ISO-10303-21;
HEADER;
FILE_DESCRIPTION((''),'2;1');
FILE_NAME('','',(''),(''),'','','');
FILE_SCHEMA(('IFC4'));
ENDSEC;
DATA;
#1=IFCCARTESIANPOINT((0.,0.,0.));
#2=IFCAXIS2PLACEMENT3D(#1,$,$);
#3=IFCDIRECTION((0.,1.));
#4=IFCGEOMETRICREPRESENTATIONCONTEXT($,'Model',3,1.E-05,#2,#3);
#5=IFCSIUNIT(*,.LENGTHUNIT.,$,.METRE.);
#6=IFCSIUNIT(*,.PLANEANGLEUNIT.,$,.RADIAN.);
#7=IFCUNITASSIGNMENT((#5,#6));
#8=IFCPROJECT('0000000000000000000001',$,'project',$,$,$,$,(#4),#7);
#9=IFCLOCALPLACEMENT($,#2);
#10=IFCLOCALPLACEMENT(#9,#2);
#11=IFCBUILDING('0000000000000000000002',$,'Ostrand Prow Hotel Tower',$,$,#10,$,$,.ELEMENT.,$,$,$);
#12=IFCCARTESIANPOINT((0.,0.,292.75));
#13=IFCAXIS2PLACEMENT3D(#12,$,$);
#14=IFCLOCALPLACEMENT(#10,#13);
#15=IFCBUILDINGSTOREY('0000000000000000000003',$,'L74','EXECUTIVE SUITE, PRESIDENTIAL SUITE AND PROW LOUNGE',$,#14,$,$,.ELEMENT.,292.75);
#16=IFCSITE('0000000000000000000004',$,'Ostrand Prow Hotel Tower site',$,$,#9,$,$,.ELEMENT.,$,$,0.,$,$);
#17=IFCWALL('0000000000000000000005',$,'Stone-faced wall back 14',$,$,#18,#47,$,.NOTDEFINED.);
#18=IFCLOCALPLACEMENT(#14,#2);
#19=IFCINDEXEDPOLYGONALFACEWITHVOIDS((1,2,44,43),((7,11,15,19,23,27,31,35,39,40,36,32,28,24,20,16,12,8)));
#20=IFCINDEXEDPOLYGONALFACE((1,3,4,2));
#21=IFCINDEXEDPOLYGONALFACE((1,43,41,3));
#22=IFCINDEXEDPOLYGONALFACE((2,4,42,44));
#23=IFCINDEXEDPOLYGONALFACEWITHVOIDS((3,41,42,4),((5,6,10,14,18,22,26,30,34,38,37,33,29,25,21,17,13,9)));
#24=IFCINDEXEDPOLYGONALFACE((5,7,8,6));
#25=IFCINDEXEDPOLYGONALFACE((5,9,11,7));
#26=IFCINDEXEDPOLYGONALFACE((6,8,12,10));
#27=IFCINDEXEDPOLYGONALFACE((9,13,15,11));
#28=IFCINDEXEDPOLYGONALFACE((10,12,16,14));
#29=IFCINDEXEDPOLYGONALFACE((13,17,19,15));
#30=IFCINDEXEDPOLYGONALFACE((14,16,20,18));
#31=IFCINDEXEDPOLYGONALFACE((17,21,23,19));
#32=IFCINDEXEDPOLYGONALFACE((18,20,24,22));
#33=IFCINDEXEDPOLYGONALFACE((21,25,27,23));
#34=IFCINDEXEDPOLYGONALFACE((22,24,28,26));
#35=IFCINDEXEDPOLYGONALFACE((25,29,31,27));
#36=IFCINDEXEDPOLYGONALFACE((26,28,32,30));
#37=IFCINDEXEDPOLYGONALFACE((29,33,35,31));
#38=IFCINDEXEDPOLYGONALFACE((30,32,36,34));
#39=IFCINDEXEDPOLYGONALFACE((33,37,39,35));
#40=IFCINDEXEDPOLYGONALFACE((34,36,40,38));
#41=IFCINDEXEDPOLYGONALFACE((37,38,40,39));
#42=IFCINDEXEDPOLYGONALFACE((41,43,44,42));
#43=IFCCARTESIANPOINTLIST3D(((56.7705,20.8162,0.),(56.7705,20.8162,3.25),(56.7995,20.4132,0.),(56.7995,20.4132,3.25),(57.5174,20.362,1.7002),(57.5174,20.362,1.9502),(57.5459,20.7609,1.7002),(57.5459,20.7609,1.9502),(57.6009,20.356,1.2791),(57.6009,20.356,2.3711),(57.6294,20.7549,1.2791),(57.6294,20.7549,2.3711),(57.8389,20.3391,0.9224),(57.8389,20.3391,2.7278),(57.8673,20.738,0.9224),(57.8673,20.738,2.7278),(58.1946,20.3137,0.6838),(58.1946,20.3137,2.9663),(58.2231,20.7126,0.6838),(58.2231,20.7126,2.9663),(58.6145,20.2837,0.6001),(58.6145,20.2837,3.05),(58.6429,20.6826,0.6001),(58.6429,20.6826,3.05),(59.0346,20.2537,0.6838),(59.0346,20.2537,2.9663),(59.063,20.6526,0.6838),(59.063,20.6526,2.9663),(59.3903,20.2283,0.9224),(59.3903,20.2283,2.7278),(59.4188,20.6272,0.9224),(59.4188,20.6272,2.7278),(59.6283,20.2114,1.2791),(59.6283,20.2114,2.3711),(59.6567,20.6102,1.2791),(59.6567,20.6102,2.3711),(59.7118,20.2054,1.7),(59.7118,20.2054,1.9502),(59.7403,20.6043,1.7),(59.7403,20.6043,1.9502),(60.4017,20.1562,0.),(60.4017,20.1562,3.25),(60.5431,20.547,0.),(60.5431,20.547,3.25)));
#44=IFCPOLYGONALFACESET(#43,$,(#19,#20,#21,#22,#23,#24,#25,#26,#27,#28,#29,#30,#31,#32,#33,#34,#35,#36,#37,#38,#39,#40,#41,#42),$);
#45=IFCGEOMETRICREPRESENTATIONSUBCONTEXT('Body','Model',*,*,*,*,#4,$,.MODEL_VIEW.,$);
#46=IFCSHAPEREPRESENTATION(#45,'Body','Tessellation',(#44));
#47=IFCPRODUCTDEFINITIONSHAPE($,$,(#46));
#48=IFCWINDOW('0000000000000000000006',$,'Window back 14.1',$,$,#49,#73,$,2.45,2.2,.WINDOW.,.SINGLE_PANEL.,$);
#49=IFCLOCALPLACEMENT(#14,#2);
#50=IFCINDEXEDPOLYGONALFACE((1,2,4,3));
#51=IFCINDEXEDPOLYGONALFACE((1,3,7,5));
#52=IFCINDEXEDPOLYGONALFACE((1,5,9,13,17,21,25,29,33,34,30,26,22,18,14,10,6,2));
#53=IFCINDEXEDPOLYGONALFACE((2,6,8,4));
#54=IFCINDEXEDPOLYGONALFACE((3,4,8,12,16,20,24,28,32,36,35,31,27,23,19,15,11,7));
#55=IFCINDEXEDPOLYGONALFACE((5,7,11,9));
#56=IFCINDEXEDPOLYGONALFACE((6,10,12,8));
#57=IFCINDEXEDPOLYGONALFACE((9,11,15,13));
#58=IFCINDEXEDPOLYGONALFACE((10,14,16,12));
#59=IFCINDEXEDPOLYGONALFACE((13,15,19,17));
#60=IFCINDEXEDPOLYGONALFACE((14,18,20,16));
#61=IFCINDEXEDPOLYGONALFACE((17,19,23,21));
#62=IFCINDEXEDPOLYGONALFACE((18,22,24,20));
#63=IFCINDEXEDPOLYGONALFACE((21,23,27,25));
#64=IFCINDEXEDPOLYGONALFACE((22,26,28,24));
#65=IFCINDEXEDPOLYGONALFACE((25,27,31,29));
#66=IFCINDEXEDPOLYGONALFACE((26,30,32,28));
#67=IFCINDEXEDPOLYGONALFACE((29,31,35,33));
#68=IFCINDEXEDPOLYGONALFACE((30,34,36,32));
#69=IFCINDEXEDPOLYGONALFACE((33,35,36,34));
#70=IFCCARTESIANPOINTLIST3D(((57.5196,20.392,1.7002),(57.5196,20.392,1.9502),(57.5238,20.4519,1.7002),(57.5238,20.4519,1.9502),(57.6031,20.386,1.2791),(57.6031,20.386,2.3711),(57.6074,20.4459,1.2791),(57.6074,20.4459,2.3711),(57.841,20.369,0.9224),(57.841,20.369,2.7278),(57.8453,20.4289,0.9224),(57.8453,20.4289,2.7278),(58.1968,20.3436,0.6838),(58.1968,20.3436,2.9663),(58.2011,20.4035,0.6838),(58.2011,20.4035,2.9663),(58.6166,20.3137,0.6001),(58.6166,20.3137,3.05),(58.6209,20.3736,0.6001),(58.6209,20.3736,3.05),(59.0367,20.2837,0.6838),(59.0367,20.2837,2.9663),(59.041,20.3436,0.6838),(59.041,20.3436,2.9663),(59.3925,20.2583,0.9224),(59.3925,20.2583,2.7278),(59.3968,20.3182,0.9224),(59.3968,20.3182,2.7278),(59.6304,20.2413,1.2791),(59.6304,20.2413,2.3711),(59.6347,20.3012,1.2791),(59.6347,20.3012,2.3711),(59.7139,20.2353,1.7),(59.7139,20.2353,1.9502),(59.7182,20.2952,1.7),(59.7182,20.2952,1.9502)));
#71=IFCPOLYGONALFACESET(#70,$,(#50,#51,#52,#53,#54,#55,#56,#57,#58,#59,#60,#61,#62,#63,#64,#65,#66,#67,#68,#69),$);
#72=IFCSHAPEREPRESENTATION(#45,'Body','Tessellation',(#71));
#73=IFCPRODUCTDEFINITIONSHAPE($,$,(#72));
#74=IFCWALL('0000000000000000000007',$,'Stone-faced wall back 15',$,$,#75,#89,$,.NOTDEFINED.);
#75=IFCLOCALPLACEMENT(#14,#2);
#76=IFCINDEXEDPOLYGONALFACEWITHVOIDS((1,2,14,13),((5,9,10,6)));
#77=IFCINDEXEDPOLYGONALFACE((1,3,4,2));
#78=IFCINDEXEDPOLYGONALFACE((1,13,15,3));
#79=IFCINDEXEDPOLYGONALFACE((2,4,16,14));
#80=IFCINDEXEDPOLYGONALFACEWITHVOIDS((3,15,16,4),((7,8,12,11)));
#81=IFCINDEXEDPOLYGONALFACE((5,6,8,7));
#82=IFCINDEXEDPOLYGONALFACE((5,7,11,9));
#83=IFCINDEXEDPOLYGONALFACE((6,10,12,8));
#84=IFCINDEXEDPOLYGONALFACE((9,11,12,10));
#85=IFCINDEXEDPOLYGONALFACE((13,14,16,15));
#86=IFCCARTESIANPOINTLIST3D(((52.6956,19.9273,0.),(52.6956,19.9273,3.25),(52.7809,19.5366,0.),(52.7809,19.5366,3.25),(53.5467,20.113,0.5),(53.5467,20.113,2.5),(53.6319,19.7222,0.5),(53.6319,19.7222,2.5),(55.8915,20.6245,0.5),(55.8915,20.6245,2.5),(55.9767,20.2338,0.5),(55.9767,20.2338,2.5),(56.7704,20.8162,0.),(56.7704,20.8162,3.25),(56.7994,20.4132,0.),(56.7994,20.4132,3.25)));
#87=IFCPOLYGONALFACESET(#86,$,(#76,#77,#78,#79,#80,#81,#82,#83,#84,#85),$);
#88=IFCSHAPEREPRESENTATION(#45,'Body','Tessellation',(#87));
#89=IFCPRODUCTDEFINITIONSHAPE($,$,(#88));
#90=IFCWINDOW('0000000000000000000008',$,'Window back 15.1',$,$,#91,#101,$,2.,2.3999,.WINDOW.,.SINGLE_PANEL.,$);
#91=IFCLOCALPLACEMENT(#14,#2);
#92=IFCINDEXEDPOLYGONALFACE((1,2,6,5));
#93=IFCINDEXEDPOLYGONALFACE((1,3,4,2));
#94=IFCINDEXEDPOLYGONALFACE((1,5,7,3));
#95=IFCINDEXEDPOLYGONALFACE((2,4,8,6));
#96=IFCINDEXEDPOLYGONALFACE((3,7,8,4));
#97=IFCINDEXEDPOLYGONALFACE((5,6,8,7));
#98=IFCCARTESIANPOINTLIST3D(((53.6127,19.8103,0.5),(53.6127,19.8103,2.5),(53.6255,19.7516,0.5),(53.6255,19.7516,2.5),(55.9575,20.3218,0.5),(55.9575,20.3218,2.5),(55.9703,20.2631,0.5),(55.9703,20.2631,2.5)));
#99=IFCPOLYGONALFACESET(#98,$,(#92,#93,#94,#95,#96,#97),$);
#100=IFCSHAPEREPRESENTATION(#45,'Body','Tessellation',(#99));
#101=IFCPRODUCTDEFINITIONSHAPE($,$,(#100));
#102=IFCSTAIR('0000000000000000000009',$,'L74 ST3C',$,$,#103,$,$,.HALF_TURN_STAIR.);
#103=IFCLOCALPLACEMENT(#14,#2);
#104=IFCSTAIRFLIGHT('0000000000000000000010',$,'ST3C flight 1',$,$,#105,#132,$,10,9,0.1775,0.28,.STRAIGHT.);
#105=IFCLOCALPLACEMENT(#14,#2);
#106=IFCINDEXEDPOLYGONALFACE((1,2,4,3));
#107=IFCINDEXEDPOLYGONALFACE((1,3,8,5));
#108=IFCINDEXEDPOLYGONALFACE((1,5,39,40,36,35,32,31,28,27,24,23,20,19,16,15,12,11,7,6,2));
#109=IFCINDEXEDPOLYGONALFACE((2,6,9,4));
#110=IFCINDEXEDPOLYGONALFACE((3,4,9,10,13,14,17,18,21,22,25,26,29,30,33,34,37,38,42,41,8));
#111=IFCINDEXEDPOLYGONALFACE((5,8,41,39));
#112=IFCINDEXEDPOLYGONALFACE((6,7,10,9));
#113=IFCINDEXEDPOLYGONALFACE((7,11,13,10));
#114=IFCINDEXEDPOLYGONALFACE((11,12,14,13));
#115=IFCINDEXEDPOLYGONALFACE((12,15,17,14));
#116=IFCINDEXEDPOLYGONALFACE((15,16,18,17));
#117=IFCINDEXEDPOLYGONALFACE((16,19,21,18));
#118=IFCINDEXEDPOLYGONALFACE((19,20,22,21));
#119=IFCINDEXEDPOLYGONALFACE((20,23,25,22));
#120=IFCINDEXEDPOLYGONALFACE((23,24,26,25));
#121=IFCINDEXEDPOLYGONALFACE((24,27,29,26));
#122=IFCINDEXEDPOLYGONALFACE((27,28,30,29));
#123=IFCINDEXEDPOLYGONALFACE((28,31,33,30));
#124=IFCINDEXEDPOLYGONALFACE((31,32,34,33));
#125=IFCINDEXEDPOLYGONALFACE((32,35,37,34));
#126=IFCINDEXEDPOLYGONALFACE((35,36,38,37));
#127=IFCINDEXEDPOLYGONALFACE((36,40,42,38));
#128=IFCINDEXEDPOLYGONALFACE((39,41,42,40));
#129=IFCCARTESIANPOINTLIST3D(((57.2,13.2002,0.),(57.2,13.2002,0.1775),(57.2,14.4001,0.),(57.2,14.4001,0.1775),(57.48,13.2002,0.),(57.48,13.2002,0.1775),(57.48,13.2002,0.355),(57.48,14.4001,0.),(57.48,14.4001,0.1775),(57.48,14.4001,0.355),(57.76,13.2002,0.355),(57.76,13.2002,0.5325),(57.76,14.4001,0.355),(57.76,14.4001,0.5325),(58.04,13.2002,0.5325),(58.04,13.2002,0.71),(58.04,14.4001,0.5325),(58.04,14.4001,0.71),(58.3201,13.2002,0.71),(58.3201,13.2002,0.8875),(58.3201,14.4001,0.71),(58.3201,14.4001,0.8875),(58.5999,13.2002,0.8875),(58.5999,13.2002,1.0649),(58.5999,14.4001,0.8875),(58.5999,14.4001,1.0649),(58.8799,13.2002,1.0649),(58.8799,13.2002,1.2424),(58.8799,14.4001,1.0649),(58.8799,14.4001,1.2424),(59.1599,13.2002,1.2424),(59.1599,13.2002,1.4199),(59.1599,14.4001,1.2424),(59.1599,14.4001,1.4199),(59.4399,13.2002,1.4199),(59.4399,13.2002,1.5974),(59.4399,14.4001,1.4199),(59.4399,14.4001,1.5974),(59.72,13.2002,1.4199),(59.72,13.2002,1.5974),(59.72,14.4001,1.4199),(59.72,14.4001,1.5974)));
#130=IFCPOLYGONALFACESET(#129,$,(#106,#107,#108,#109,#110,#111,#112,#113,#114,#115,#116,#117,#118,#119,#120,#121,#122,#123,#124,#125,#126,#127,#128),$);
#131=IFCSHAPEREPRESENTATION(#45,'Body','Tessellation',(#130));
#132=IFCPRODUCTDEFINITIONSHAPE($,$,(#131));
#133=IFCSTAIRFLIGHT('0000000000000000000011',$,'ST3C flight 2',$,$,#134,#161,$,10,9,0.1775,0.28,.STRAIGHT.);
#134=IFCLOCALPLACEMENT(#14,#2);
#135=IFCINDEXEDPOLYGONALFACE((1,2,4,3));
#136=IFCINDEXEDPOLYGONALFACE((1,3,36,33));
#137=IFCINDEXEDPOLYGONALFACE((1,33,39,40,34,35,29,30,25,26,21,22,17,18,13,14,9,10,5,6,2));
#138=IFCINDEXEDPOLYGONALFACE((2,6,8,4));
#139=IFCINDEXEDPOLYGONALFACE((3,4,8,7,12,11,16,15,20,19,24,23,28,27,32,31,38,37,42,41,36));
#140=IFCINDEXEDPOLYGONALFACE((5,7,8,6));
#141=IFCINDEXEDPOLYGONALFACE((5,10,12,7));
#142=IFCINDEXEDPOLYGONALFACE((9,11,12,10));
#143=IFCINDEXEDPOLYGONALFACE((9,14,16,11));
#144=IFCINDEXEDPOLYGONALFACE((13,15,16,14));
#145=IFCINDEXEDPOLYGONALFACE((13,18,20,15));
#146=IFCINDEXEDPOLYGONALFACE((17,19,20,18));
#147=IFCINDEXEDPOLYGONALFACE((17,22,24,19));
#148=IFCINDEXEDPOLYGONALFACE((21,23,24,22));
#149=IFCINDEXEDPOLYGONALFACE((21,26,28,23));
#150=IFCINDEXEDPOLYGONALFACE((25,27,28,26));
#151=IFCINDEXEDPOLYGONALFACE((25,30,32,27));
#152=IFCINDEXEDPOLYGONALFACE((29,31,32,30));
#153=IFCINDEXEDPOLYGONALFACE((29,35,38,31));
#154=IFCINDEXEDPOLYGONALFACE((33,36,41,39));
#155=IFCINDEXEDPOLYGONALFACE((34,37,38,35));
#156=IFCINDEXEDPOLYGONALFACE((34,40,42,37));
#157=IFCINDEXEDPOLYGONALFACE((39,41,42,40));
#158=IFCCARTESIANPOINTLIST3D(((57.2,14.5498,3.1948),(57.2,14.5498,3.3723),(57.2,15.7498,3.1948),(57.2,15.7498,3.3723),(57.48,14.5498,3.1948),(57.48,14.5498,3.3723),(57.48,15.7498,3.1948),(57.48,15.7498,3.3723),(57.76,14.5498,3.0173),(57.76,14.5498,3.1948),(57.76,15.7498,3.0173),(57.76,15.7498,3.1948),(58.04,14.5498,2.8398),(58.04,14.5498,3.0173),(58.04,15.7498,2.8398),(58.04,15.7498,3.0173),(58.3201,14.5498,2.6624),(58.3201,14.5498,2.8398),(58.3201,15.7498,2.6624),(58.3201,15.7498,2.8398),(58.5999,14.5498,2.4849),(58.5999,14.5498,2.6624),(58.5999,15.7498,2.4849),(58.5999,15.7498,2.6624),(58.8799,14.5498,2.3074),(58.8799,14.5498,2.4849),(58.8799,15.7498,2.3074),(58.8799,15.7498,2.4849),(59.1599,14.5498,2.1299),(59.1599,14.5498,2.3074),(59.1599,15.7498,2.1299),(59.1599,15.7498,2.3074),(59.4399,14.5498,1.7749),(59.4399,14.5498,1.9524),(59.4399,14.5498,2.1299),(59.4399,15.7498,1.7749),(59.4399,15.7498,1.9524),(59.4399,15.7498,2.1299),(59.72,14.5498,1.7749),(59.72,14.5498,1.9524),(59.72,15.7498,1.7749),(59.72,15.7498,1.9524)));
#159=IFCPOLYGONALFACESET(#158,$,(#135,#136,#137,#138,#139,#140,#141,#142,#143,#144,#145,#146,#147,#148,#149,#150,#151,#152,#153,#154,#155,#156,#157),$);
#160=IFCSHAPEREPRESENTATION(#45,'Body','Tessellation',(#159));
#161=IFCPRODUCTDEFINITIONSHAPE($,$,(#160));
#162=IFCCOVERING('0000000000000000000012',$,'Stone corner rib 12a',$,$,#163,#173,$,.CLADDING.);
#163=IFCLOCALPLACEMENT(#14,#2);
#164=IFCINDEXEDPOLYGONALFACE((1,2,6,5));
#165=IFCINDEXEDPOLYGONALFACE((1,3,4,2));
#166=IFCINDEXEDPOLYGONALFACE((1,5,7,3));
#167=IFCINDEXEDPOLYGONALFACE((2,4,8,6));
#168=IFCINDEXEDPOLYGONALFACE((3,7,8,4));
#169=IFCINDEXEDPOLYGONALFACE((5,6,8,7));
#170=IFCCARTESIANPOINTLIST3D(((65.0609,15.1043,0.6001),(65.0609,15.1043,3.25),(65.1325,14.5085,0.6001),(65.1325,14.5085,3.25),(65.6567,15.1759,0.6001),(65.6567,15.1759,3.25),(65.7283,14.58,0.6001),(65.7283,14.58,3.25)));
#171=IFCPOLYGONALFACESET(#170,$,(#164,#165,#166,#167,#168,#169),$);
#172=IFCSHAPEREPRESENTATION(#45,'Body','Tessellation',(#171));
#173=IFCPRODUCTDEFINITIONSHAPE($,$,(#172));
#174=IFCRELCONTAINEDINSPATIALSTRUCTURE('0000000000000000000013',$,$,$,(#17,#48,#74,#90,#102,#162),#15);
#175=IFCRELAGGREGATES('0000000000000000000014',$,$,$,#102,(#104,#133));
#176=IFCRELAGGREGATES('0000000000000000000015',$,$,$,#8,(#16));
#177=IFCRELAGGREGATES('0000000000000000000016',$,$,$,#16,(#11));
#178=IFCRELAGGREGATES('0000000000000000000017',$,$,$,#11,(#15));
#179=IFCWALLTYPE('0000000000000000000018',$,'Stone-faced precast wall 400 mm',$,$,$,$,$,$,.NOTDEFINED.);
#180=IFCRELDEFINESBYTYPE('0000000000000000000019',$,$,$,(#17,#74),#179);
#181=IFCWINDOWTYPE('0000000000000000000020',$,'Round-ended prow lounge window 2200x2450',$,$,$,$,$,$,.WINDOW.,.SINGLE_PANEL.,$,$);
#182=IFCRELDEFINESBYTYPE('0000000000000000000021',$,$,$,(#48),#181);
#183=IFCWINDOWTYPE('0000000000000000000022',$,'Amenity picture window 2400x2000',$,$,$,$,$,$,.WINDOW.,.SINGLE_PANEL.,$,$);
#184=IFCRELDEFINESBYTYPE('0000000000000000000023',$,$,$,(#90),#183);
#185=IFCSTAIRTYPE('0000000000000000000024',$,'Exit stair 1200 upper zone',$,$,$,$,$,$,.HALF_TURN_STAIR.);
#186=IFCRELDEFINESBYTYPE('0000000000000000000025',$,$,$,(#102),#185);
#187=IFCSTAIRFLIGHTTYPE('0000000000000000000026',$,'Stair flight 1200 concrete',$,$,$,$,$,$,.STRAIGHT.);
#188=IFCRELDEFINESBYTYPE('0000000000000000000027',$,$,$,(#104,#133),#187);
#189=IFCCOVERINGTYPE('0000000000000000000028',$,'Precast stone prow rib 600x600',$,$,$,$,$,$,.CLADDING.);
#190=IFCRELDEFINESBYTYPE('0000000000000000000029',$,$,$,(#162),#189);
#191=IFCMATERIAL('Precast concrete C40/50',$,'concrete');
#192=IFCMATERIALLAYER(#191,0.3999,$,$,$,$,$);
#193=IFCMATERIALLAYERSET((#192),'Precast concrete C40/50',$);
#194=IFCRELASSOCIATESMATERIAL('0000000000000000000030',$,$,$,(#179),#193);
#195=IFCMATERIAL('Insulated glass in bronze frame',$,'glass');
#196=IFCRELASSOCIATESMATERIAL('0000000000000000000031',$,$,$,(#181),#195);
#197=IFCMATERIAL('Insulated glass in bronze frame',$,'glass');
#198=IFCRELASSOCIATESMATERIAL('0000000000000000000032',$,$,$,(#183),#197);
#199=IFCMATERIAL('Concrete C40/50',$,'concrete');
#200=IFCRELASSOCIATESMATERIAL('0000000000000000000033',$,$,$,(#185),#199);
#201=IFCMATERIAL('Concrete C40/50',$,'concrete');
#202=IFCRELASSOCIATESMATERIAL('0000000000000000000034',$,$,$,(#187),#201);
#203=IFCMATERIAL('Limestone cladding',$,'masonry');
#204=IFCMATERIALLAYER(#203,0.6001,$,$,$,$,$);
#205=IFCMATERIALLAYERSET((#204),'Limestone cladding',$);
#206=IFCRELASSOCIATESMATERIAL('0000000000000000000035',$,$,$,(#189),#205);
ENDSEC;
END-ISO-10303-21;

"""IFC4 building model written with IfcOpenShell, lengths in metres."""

from ifc_helpers import new_model, si_unit, direction, frame, frame_2d, origin, place, context, subcontext, project, spatial, polyline, rectangle, outline, extrude, material, layer, layer_set, type_object, element, fill, aggregate, save


model = new_model("IFC4")

# Units and contexts
model_context = context("Model", 3, precision=1e-05, world=origin(), true_north=direction((0.0, 1.0)))
body_context = subcontext(model_context, "Body", "Model", "MODEL_VIEW")
ifc_project = project(units=[si_unit("LENGTHUNIT", "METRE"), si_unit("PLANEANGLEUNIT", "RADIAN")], contexts=[model_context])

# Site, building, storey
site_placement = place(None, origin())
site = spatial("IfcSite", under=ifc_project, at=site_placement, Name="Ostrand Prow Hotel Tower site", CompositionType="ELEMENT", RefElevation=0.0)
building_placement = place(site_placement, origin())
building = spatial("IfcBuilding", under=site, at=building_placement, Name="Ostrand Prow Hotel Tower", CompositionType="ELEMENT")
storey_placement = place(building_placement, frame((0.0, 0.0, 292.75)))
storey = spatial("IfcBuildingStorey", under=building, at=storey_placement, Name="L74", Description="EXECUTIVE SUITE, PRESIDENTIAL SUITE AND PROW LOUNGE", CompositionType="ELEMENT", Elevation=292.75)

# Walls, openings, windows
ifc_material_1 = material(Name="Precast concrete C40/50", Category="concrete")
ifc_layer_1 = layer(ifc_material_1, 0.3999)
ifc_layer_set_1 = layer_set([ifc_layer_1], Name="Precast concrete C40/50")
wall_type = type_object("IfcWallType", Name="Stone-faced precast wall 400 mm", PredefinedType="NOTDEFINED", material=ifc_layer_set_1)
ifc_material_2 = material(Name="Insulated glass in bronze frame", Category="glass")
window_type_1 = type_object("IfcWindowType", Name="Round-ended prow lounge window 2200x2450", PartitioningType="SINGLE_PANEL", PredefinedType="WINDOW", material=ifc_material_2)
wall_1_placement = place(storey_placement, frame((60.4724, 20.3516, 0.0), z_axis=(0.0, 0.0, 1.0), x_axis=(-0.997463, 0.071191, 0.0)))
wall_1 = element("IfcWall", 1, at=wall_1_placement, inside=storey, type_object=wall_type, Name="Stone-faced wall back 14", PredefinedType="NOTDEFINED", context=body_context, shape_type="SweptSolid", body=[
    extrude(outline(polyline([(-0.0566, -0.2), (3.7256, -0.2), (3.668, 0.2), (0.0566, 0.2), (-0.0566, -0.2)])), origin(), (0.0, 0.0, 1.0), 3.25),
])
opening_1_placement = place(wall_1_placement, frame((0.7483, 0.0, 0.6001)))
opening_1 = element("IfcOpeningElement", 2, at=opening_1_placement, cuts=wall_1, PredefinedType="OPENING", context=body_context, shape_type="SweptSolid", body=[
    extrude(outline(polyline([(0.0, 1.3501), (0.0837, 1.771), (0.3223, 2.1277), (0.679, 2.3662), (1.1001, 2.45), (1.521, 2.3662), (1.8777, 2.1277), (2.1162, 1.771), (2.2, 1.3501), (2.2, 1.1001), (2.1162, 0.679), (1.8777, 0.3223), (1.521, 0.0837), (1.1001, 0.0), (0.679, 0.0837), (0.3223, 0.3223), (0.0837, 0.679), (0.0, 1.0999), (0.0, 1.3501)])), frame((0.0, 0.21, 0.0), z_axis=(0.0, -1.0, 0.0), x_axis=(1.0, 0.0, 0.0)), (0.0, 0.0, 1.0), 0.4199),
])
window_1_placement = place(opening_1_placement, origin())
window_1 = element("IfcWindow", 3, at=window_1_placement, inside=storey, type_object=window_type_1, Name="Window back 14.1", OverallHeight=2.45, OverallWidth=2.2, PartitioningType="SINGLE_PANEL", PredefinedType="WINDOW", context=body_context, shape_type="SweptSolid", body=[
    extrude(outline(polyline([(0.0, 1.3501), (0.0837, 1.771), (0.3223, 2.1277), (0.679, 2.3662), (1.1001, 2.45), (1.521, 2.3662), (1.8777, 2.1277), (2.1162, 1.771), (2.2, 1.3501), (2.2, 1.1001), (2.1162, 0.679), (1.8777, 0.3223), (1.521, 0.0837), (1.1001, 0.0), (0.679, 0.0837), (0.3223, 0.3223), (0.0837, 0.679), (0.0, 1.0999), (0.0, 1.3501)])), frame((0.0, 0.1699, 0.0), z_axis=(0.0, -1.0, 0.0), x_axis=(1.0, 0.0, 0.0)), (0.0, 0.0, 1.0), 0.0601),
])
fill(opening_1, window_1)
wall_2_placement = place(storey_placement, frame((56.7849, 20.6147, 0.0), z_axis=(0.0, 0.0, 1.0), x_axis=(-0.97702, -0.213147, 0.0)))
wall_2 = element("IfcWall", 4, at=wall_2_placement, inside=storey, type_object=wall_type, Name="Stone-faced wall back 15", PredefinedType="NOTDEFINED", context=body_context, shape_type="SweptSolid", body=[
    extrude(outline(polyline([(-0.0288, -0.2), (4.1418, -0.2), (4.1418, 0.2), (0.0288, 0.2), (-0.0288, -0.2)])), origin(), (0.0, 0.0, 1.0), 3.25),
])
opening_2_placement = place(wall_2_placement, frame((0.8708, 0.0, 0.5)))
opening_2 = element("IfcOpeningElement", 5, at=opening_2_placement, cuts=wall_2, PredefinedType="OPENING", context=body_context, shape_type="SweptSolid", body=[
    extrude(rectangle(XDim=2.3999, YDim=2.0, at=frame_2d((1.2, 1.0))), frame((0.0, 0.21, 0.0), z_axis=(0.0, -1.0, 0.0), x_axis=(1.0, 0.0, 0.0)), (0.0, 0.0, 1.0), 0.4199),
])
ifc_material_3 = material(Name="Insulated glass in bronze frame", Category="glass")
window_type_2 = type_object("IfcWindowType", Name="Amenity picture window 2400x2000", PartitioningType="SINGLE_PANEL", PredefinedType="WINDOW", material=ifc_material_3)
window_2_placement = place(opening_2_placement, origin())
window_2 = element("IfcWindow", 6, at=window_2_placement, inside=storey, type_object=window_type_2, Name="Window back 15.1", OverallHeight=2.0, OverallWidth=2.3999, PartitioningType="SINGLE_PANEL", PredefinedType="WINDOW", context=body_context, shape_type="SweptSolid", body=[
    extrude(rectangle(XDim=2.3999, YDim=2.0, at=frame_2d((1.2, 1.0))), frame((0.0, 0.1699, 0.0), z_axis=(0.0, -1.0, 0.0), x_axis=(1.0, 0.0, 0.0)), (0.0, 0.0, 1.0), 0.0601),
])
fill(opening_2, window_2)

# Stair, stair flights
ifc_material_4 = material(Name="Concrete C40/50", Category="concrete")
stair_type = type_object("IfcStairType", Name="Exit stair 1200 upper zone", PredefinedType="HALF_TURN_STAIR", material=ifc_material_4)
stair_placement = place(storey_placement, origin())
stair = element("IfcStair", 7, at=stair_placement, inside=storey, type_object=stair_type, Name="L74 ST3C", PredefinedType="HALF_TURN_STAIR")
ifc_material_5 = material(Name="Concrete C40/50", Category="concrete")
stair_flight_type = type_object("IfcStairFlightType", Name="Stair flight 1200 concrete", PredefinedType="STRAIGHT", material=ifc_material_5)
stair_flight_1_placement = place(storey_placement, frame((57.2, 13.8, 0.0), z_axis=(0.0, 0.0, 1.0), x_axis=(1.0, 0.0, 0.0)))
stair_flight_1 = element("IfcStairFlight", 8, at=stair_flight_1_placement, type_object=stair_flight_type, Name="ST3C flight 1", NumberOfRisers=10, NumberOfTreads=9, PredefinedType="STRAIGHT", RiserHeight=0.1775, TreadLength=0.28, context=body_context, shape_type="SweptSolid", body=[
    extrude(outline(polyline([(0.0, 0.0), (0.0, 0.1775), (0.28, 0.1775), (0.28, 0.355), (0.5601, 0.355), (0.5601, 0.5325), (0.8401, 0.5325), (0.8401, 0.71), (1.1201, 0.71), (1.1201, 0.8875), (1.3999, 0.8875), (1.3999, 1.0649), (1.6799, 1.0649), (1.6799, 1.2424), (1.96, 1.2424), (1.96, 1.4199), (2.24, 1.4199), (2.24, 1.5974), (2.52, 1.5974), (2.52, 1.7749), (2.52, 1.4199), (0.28, 0.0), (0.0, 0.0)])), frame((0.0, 0.6001, 0.0), z_axis=(0.0, -1.0, 0.0), x_axis=(1.0, 0.0, 0.0)), (0.0, 0.0, 1.0), 1.2),
])
stair_flight_2_placement = place(storey_placement, frame((59.72, 15.1499, 1.7749), z_axis=(0.0, 0.0, 1.0), x_axis=(-1.0, 0.0, 0.0)))
stair_flight_2 = element("IfcStairFlight", 9, at=stair_flight_2_placement, type_object=stair_flight_type, Name="ST3C flight 2", NumberOfRisers=10, NumberOfTreads=9, PredefinedType="STRAIGHT", RiserHeight=0.1775, TreadLength=0.28, context=body_context, shape_type="SweptSolid", body=[
    extrude(outline(polyline([(0.0, 0.0), (0.0, 0.1775), (0.28, 0.1775), (0.28, 0.355), (0.5601, 0.355), (0.5601, 0.5325), (0.8401, 0.5325), (0.8401, 0.71), (1.1201, 0.71), (1.1201, 0.8875), (1.3999, 0.8875), (1.3999, 1.0649), (1.6799, 1.0649), (1.6799, 1.2424), (1.96, 1.2424), (1.96, 1.4199), (2.24, 1.4199), (2.24, 1.5974), (2.52, 1.5974), (2.52, 1.7749), (2.52, 1.4199), (0.28, 0.0), (0.0, 0.0)])), frame((0.0, 0.6001, 0.0), z_axis=(0.0, -1.0, 0.0), x_axis=(1.0, 0.0, 0.0)), (0.0, 0.0, 1.0), 1.2),
])
aggregate(stair, [stair_flight_1, stair_flight_2])

# Covering
ifc_material_6 = material(Name="Limestone cladding", Category="masonry")
ifc_layer_2 = layer(ifc_material_6, 0.6001)
ifc_layer_set_2 = layer_set([ifc_layer_2], Name="Limestone cladding")
covering_type = type_object("IfcCoveringType", Name="Precast stone prow rib 600x600", PredefinedType="CLADDING", material=ifc_layer_set_2)
covering_placement = place(storey_placement, frame((65.0967, 14.8064, 0.6001), z_axis=(0.0, 0.0, 1.0), x_axis=(0.992867, 0.119225, 0.0)))
element("IfcCovering", 10, at=covering_placement, inside=storey, type_object=covering_type, Name="Stone corner rib 12a", PredefinedType="CLADDING", context=body_context, shape_type="SweptSolid", body=[
    extrude(rectangle(XDim=0.6001, YDim=0.6001, at=frame_2d((0.3, 0.0))), origin(), (0.0, 0.0, 1.0), 2.6499),
])

save(model, "model.ifc")
